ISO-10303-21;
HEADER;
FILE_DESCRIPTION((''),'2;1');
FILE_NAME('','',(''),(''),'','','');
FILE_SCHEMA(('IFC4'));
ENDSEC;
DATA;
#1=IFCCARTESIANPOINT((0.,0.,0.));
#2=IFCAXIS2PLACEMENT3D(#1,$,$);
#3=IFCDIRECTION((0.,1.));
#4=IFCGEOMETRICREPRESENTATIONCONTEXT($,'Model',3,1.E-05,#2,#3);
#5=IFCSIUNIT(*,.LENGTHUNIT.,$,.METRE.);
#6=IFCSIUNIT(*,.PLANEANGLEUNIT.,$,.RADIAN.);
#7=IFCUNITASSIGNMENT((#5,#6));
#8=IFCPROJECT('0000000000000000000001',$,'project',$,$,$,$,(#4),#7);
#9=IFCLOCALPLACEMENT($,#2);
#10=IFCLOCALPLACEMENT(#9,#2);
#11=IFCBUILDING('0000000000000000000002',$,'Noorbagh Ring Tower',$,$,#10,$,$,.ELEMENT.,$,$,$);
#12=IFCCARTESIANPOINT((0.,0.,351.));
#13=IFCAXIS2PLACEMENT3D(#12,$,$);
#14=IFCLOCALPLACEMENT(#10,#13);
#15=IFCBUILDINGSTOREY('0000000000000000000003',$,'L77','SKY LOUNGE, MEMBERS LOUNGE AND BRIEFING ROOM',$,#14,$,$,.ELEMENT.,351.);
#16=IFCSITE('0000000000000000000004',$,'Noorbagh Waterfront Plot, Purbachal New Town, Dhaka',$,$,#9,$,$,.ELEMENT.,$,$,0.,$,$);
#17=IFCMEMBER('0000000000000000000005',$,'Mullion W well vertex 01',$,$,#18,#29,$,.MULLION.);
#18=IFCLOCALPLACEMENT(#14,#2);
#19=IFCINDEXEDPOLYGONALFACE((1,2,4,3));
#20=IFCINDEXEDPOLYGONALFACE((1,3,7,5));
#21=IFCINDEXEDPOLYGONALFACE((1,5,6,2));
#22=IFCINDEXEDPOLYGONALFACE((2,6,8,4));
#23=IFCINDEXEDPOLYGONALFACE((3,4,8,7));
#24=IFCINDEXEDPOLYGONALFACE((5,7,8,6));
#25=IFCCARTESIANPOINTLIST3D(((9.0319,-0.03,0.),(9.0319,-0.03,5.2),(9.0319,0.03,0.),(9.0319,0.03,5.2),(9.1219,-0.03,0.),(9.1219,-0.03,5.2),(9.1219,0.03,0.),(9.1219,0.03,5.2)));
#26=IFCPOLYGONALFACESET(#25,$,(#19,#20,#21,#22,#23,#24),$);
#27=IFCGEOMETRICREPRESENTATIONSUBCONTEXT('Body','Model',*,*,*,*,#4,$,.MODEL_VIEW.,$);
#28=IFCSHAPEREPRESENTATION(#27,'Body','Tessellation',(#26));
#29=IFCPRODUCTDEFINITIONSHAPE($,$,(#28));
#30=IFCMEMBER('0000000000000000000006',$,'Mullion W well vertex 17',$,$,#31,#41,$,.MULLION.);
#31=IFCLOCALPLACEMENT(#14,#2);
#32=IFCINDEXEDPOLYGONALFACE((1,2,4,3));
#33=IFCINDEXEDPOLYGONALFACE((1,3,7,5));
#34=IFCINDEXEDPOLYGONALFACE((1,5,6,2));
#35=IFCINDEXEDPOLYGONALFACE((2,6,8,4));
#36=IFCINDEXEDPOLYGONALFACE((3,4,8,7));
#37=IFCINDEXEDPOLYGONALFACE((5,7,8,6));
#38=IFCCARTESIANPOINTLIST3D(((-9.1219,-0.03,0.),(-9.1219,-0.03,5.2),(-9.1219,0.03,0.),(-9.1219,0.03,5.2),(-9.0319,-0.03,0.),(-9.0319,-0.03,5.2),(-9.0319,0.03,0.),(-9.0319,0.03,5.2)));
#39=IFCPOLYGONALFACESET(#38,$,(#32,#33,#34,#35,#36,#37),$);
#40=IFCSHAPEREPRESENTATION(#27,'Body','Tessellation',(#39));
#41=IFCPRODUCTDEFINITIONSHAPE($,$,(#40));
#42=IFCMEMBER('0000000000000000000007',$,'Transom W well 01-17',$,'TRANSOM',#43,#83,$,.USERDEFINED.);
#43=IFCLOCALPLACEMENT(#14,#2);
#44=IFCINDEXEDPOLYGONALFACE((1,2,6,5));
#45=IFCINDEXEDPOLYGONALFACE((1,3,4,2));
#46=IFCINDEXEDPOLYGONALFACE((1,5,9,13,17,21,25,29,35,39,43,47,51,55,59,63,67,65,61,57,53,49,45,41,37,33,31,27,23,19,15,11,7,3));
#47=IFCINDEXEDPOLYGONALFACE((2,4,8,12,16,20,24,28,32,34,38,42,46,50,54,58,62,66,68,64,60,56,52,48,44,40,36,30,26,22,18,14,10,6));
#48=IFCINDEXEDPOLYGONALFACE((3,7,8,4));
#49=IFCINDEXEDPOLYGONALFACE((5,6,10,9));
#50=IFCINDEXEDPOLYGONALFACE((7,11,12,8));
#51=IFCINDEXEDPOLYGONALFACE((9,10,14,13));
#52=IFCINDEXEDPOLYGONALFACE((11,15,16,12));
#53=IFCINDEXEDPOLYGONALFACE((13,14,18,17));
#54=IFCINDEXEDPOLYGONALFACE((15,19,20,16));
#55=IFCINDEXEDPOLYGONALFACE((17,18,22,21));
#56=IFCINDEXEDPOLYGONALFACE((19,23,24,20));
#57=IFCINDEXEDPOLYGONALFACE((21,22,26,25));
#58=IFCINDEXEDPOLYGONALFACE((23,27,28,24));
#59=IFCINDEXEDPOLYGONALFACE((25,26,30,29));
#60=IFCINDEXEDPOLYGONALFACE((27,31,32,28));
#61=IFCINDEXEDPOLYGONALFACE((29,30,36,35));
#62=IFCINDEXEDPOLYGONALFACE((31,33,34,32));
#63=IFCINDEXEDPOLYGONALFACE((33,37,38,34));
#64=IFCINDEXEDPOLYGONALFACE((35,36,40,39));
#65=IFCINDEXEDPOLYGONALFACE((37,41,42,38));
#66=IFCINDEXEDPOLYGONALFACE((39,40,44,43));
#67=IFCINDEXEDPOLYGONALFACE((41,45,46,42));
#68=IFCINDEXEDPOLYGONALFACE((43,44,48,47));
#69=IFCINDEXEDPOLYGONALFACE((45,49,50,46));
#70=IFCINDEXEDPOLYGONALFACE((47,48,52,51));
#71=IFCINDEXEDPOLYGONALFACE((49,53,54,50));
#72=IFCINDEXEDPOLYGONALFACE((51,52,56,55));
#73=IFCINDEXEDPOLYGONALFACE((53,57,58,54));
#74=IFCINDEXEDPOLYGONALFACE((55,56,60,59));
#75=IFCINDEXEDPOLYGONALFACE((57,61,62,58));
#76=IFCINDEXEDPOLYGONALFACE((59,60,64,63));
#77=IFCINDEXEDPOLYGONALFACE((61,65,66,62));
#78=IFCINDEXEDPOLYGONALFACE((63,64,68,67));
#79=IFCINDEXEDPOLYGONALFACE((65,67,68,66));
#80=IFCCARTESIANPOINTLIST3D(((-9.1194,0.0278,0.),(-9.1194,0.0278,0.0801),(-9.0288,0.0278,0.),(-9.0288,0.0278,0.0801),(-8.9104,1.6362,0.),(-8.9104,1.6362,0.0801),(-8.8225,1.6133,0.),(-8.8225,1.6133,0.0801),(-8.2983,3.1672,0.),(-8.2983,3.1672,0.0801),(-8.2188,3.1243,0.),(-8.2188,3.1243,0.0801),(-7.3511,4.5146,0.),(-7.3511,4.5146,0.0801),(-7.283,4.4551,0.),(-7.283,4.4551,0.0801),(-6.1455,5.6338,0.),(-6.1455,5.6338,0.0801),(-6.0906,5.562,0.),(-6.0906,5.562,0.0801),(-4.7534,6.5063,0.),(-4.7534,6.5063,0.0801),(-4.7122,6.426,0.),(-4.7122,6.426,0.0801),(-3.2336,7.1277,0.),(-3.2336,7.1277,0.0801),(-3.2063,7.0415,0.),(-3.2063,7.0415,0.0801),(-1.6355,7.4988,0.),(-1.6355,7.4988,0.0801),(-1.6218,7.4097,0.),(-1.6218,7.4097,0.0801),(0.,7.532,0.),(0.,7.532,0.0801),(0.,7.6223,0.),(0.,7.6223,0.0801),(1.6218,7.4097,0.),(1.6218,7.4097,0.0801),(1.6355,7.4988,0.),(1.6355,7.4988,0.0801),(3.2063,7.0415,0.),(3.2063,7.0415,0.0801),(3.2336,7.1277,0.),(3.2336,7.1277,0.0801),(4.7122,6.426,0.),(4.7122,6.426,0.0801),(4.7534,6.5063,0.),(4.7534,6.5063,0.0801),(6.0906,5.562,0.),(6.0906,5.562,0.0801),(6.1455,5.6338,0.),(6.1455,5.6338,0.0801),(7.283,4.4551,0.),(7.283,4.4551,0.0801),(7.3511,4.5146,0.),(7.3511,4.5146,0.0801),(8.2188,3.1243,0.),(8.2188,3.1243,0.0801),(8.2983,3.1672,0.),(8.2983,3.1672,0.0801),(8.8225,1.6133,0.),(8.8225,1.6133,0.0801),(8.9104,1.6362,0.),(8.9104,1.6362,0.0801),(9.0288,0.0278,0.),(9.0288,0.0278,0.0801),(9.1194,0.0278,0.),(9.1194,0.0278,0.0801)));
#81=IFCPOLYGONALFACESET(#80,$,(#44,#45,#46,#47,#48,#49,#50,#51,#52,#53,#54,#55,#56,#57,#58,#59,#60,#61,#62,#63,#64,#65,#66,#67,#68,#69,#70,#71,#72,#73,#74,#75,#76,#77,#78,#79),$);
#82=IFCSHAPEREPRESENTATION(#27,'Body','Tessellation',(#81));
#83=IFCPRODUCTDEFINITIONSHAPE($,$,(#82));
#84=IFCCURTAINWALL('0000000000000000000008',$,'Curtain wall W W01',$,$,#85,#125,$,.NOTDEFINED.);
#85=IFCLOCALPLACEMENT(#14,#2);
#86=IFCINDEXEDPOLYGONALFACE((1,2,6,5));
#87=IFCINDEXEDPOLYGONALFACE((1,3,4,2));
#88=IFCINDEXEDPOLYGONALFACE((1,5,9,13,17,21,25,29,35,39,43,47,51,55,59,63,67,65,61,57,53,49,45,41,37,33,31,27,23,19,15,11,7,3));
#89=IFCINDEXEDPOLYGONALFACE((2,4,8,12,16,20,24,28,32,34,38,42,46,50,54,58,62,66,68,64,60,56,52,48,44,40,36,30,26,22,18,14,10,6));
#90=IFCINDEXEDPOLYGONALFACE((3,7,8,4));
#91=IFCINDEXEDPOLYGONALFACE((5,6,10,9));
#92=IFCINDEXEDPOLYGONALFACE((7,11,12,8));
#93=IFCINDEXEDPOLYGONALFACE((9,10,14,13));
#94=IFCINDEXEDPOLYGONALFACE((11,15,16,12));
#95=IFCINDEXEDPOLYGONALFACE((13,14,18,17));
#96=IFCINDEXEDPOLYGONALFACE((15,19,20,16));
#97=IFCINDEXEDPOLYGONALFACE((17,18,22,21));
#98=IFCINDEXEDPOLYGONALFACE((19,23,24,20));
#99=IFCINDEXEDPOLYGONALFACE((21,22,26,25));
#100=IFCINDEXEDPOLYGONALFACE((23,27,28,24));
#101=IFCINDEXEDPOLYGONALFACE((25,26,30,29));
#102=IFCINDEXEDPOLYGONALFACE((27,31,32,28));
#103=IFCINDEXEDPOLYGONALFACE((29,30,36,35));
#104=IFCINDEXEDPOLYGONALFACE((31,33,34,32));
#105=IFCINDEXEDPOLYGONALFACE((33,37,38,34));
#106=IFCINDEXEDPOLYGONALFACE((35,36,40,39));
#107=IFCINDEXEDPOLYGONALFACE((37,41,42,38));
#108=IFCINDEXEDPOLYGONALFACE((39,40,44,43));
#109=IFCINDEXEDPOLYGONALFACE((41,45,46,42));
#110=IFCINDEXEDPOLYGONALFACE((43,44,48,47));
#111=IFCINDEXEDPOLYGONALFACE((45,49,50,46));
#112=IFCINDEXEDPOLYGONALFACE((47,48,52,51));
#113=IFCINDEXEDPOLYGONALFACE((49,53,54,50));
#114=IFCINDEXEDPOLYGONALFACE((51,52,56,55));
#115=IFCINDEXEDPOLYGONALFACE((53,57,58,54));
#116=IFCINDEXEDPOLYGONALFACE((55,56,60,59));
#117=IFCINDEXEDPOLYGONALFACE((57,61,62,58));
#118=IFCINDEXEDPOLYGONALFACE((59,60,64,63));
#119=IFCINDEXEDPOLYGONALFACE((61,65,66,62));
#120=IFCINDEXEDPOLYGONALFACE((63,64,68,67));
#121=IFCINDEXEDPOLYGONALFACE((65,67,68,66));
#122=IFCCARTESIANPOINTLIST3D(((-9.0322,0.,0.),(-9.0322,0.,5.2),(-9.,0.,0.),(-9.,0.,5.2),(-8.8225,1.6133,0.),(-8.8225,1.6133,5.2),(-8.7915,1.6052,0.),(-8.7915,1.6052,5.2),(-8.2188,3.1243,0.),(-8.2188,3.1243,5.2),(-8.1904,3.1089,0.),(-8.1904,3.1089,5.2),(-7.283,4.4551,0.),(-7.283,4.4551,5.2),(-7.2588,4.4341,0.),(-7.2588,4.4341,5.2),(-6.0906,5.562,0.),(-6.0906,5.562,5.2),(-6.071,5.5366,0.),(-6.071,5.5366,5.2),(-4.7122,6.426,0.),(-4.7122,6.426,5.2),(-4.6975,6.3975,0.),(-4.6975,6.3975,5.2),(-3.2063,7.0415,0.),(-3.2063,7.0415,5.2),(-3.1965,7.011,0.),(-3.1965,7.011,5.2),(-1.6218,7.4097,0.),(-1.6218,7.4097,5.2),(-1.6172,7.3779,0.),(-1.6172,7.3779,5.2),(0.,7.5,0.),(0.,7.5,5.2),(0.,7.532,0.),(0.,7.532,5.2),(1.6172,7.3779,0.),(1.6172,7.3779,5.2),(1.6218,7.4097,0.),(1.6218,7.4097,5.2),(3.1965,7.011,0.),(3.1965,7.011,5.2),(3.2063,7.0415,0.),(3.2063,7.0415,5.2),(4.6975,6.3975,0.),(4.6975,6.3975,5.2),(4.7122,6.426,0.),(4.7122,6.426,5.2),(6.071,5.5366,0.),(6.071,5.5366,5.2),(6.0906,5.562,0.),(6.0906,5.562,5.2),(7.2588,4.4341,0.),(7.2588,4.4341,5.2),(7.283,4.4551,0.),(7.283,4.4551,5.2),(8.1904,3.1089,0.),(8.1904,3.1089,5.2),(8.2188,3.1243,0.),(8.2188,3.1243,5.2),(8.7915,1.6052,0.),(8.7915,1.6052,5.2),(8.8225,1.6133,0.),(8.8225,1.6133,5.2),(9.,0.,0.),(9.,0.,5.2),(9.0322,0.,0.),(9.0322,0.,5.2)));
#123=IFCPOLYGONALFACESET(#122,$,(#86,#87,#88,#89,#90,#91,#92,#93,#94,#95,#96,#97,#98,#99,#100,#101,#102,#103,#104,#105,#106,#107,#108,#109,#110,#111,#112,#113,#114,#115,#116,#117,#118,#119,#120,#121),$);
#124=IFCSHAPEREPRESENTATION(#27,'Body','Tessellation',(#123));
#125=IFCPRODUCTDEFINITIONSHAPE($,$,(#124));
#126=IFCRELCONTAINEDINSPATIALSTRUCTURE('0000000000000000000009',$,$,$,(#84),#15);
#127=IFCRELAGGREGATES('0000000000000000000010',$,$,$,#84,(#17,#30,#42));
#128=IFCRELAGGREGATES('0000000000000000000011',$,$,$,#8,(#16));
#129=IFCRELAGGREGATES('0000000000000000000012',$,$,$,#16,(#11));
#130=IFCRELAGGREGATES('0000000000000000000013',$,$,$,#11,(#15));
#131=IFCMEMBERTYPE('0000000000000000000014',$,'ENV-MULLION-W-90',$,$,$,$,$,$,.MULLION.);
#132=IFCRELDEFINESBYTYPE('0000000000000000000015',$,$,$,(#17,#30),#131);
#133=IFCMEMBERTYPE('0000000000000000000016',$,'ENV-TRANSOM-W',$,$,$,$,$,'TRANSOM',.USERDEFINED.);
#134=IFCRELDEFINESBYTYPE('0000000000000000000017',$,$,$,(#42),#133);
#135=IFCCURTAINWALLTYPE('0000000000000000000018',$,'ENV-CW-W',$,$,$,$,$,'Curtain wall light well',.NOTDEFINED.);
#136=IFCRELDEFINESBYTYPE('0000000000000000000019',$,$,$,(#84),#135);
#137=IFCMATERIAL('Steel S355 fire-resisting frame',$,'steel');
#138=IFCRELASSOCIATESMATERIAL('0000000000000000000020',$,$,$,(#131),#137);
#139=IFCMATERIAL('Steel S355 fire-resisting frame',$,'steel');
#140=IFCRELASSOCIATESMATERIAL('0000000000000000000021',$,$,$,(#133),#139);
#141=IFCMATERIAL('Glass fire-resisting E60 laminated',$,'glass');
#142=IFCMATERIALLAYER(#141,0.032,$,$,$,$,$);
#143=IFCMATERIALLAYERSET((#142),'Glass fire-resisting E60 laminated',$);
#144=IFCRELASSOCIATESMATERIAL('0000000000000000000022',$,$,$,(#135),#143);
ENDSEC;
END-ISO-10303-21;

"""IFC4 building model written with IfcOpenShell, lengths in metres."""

from ifc_helpers import new_model, si_unit, direction, frame, origin, origin_2d, place, context, subcontext, project, spatial, polyline, rectangle, outline, extrude, material, layer, layer_set, material_profile, profile_set, type_object, element, aggregate, save


model = new_model("IFC4")

# Units and contexts
model_context = context("Model", 3, precision=1e-05, world=origin(), true_north=direction((0.0, 1.0)))
body_context = subcontext(model_context, "Body", "Model", "MODEL_VIEW")
ifc_project = project(units=[si_unit("LENGTHUNIT", "METRE"), si_unit("PLANEANGLEUNIT", "RADIAN")], contexts=[model_context])

# Members
ifc_material_1 = material(Name="Steel S355 fire-resisting frame", Category="steel")
ifc_material_profile = material_profile(ifc_material_1, rectangle(XDim=0.0901, YDim=0.0601, at=origin_2d()), Name="90x60")
ifc_profile_set = profile_set([ifc_material_profile], Name="Steel S355 fire-resisting frame")
member_type_1 = type_object("IfcMemberType", Name="ENV-MULLION-W-90", PredefinedType="MULLION", material=ifc_profile_set)
site_placement = place(None, origin())
building_placement = place(site_placement, origin())
storey_placement = place(building_placement, frame((0.0, 0.0, 351.0)))
member_1_placement = place(storey_placement, frame((9.0769, 0.0, 0.0), z_axis=(0.0, 0.0, 1.0), x_axis=(1.0, 0.0, 0.0)))
member_1 = element("IfcMember", 1, at=member_1_placement, type_object=member_type_1, Name="Mullion W well vertex 01", PredefinedType="MULLION", context=body_context, shape_type="SweptSolid", body=[
    extrude(rectangle(XDim=0.0901, YDim=0.0601, at=origin_2d()), origin(), (0.0, 0.0, 1.0), 5.2),
])
member_2_placement = place(storey_placement, frame((-9.0769, 0.0, 0.0), z_axis=(0.0, 0.0, 1.0), x_axis=(-1.0, 0.0, 0.0)))
member_2 = element("IfcMember", 2, at=member_2_placement, type_object=member_type_1, Name="Mullion W well vertex 17", PredefinedType="MULLION", context=body_context, shape_type="SweptSolid", body=[
    extrude(rectangle(XDim=0.0901, YDim=0.0601, at=origin_2d()), origin(), (0.0, 0.0, 1.0), 5.2),
])
ifc_material_2 = material(Name="Steel S355 fire-resisting frame", Category="steel")
member_type_2 = type_object("IfcMemberType", Name="ENV-TRANSOM-W", ElementType="TRANSOM", PredefinedType="USERDEFINED", material=ifc_material_2)
member_3_placement = place(storey_placement, origin())
member_3 = element("IfcMember", 3, at=member_3_placement, type_object=member_type_2, Name="Transom W well 01-17", ObjectType="TRANSOM", PredefinedType="USERDEFINED", context=body_context, shape_type="SweptSolid", body=[
    extrude(outline(polyline([(9.1194, 0.0278), (8.9104, 1.6362), (8.2983, 3.1672), (7.3511, 4.5146), (6.1455, 5.6338), (4.7534, 6.5063), (3.2336, 7.1277), (1.6355, 7.4988), (0.0, 7.6223), (-1.6355, 7.4988), (-3.2336, 7.1277), (-4.7534, 6.5063), (-6.1455, 5.6338), (-7.3511, 4.5146), (-8.2983, 3.1672), (-8.9104, 1.6362), (-9.1194, 0.0278), (-9.0288, 0.0278), (-8.8225, 1.6133), (-8.2188, 3.1243), (-7.283, 4.4551), (-6.0906, 5.562), (-4.7122, 6.426), (-3.2063, 7.0415), (-1.6218, 7.4097), (0.0, 7.532), (1.6218, 7.4097), (3.2063, 7.0415), (4.7122, 6.426), (6.0906, 5.562), (7.283, 4.4551), (8.2188, 3.1243), (8.8225, 1.6133), (9.0288, 0.0278), (9.1194, 0.0278)])), origin(), (0.0, 0.0, 1.0), 0.0801),
])

# Site, building, storey
site = spatial("IfcSite", under=ifc_project, at=site_placement, Name="Noorbagh Waterfront Plot, Purbachal New Town, Dhaka", CompositionType="ELEMENT", RefElevation=0.0)
building = spatial("IfcBuilding", under=site, at=building_placement, Name="Noorbagh Ring Tower", CompositionType="ELEMENT")
storey = spatial("IfcBuildingStorey", under=building, at=storey_placement, Name="L77", Description="SKY LOUNGE, MEMBERS LOUNGE AND BRIEFING ROOM", CompositionType="ELEMENT", Elevation=351.0)

# Curtain wall
ifc_material_3 = material(Name="Glass fire-resisting E60 laminated", Category="glass")
ifc_layer_1 = layer(ifc_material_3, 0.032)
ifc_layer_set_1 = layer_set([ifc_layer_1], Name="Glass fire-resisting E60 laminated")
curtain_wall_type = type_object("IfcCurtainWallType", Name="ENV-CW-W", ElementType="Curtain wall light well", PredefinedType="NOTDEFINED", material=ifc_layer_set_1)
curtain_wall_1_placement = place(storey_placement, origin())
curtain_wall_1 = element("IfcCurtainWall", 4, at=curtain_wall_1_placement, inside=storey, type_object=curtain_wall_type, Name="Curtain wall W W01", PredefinedType="NOTDEFINED", context=body_context, shape_type="SweptSolid", body=[
    extrude(outline(polyline([(9.0322, 0.0), (8.8225, 1.6133), (8.2188, 3.1243), (7.283, 4.4551), (6.0906, 5.562), (4.7122, 6.426), (3.2063, 7.0415), (1.6218, 7.4097), (0.0, 7.532), (-1.6218, 7.4097), (-3.2063, 7.0415), (-4.7122, 6.426), (-6.0906, 5.562), (-7.283, 4.4551), (-8.2188, 3.1243), (-8.8225, 1.6133), (-9.0322, 0.0), (-9.0, 0.0), (-8.7915, 1.6052), (-8.1904, 3.1089), (-7.2588, 4.4341), (-6.071, 5.5366), (-4.6975, 6.3975), (-3.1965, 7.011), (-1.6172, 7.3779), (0.0, 7.5), (1.6172, 7.3779), (3.1965, 7.011), (4.6975, 6.3975), (6.071, 5.5366), (7.2588, 4.4341), (8.1904, 3.1089), (8.7915, 1.6052), (9.0, 0.0), (9.0322, 0.0)])), origin(), (0.0, 0.0, 1.0), 5.2),
])
aggregate(curtain_wall_1, [member_1, member_2, member_3])

save(model, "model.ifc")
